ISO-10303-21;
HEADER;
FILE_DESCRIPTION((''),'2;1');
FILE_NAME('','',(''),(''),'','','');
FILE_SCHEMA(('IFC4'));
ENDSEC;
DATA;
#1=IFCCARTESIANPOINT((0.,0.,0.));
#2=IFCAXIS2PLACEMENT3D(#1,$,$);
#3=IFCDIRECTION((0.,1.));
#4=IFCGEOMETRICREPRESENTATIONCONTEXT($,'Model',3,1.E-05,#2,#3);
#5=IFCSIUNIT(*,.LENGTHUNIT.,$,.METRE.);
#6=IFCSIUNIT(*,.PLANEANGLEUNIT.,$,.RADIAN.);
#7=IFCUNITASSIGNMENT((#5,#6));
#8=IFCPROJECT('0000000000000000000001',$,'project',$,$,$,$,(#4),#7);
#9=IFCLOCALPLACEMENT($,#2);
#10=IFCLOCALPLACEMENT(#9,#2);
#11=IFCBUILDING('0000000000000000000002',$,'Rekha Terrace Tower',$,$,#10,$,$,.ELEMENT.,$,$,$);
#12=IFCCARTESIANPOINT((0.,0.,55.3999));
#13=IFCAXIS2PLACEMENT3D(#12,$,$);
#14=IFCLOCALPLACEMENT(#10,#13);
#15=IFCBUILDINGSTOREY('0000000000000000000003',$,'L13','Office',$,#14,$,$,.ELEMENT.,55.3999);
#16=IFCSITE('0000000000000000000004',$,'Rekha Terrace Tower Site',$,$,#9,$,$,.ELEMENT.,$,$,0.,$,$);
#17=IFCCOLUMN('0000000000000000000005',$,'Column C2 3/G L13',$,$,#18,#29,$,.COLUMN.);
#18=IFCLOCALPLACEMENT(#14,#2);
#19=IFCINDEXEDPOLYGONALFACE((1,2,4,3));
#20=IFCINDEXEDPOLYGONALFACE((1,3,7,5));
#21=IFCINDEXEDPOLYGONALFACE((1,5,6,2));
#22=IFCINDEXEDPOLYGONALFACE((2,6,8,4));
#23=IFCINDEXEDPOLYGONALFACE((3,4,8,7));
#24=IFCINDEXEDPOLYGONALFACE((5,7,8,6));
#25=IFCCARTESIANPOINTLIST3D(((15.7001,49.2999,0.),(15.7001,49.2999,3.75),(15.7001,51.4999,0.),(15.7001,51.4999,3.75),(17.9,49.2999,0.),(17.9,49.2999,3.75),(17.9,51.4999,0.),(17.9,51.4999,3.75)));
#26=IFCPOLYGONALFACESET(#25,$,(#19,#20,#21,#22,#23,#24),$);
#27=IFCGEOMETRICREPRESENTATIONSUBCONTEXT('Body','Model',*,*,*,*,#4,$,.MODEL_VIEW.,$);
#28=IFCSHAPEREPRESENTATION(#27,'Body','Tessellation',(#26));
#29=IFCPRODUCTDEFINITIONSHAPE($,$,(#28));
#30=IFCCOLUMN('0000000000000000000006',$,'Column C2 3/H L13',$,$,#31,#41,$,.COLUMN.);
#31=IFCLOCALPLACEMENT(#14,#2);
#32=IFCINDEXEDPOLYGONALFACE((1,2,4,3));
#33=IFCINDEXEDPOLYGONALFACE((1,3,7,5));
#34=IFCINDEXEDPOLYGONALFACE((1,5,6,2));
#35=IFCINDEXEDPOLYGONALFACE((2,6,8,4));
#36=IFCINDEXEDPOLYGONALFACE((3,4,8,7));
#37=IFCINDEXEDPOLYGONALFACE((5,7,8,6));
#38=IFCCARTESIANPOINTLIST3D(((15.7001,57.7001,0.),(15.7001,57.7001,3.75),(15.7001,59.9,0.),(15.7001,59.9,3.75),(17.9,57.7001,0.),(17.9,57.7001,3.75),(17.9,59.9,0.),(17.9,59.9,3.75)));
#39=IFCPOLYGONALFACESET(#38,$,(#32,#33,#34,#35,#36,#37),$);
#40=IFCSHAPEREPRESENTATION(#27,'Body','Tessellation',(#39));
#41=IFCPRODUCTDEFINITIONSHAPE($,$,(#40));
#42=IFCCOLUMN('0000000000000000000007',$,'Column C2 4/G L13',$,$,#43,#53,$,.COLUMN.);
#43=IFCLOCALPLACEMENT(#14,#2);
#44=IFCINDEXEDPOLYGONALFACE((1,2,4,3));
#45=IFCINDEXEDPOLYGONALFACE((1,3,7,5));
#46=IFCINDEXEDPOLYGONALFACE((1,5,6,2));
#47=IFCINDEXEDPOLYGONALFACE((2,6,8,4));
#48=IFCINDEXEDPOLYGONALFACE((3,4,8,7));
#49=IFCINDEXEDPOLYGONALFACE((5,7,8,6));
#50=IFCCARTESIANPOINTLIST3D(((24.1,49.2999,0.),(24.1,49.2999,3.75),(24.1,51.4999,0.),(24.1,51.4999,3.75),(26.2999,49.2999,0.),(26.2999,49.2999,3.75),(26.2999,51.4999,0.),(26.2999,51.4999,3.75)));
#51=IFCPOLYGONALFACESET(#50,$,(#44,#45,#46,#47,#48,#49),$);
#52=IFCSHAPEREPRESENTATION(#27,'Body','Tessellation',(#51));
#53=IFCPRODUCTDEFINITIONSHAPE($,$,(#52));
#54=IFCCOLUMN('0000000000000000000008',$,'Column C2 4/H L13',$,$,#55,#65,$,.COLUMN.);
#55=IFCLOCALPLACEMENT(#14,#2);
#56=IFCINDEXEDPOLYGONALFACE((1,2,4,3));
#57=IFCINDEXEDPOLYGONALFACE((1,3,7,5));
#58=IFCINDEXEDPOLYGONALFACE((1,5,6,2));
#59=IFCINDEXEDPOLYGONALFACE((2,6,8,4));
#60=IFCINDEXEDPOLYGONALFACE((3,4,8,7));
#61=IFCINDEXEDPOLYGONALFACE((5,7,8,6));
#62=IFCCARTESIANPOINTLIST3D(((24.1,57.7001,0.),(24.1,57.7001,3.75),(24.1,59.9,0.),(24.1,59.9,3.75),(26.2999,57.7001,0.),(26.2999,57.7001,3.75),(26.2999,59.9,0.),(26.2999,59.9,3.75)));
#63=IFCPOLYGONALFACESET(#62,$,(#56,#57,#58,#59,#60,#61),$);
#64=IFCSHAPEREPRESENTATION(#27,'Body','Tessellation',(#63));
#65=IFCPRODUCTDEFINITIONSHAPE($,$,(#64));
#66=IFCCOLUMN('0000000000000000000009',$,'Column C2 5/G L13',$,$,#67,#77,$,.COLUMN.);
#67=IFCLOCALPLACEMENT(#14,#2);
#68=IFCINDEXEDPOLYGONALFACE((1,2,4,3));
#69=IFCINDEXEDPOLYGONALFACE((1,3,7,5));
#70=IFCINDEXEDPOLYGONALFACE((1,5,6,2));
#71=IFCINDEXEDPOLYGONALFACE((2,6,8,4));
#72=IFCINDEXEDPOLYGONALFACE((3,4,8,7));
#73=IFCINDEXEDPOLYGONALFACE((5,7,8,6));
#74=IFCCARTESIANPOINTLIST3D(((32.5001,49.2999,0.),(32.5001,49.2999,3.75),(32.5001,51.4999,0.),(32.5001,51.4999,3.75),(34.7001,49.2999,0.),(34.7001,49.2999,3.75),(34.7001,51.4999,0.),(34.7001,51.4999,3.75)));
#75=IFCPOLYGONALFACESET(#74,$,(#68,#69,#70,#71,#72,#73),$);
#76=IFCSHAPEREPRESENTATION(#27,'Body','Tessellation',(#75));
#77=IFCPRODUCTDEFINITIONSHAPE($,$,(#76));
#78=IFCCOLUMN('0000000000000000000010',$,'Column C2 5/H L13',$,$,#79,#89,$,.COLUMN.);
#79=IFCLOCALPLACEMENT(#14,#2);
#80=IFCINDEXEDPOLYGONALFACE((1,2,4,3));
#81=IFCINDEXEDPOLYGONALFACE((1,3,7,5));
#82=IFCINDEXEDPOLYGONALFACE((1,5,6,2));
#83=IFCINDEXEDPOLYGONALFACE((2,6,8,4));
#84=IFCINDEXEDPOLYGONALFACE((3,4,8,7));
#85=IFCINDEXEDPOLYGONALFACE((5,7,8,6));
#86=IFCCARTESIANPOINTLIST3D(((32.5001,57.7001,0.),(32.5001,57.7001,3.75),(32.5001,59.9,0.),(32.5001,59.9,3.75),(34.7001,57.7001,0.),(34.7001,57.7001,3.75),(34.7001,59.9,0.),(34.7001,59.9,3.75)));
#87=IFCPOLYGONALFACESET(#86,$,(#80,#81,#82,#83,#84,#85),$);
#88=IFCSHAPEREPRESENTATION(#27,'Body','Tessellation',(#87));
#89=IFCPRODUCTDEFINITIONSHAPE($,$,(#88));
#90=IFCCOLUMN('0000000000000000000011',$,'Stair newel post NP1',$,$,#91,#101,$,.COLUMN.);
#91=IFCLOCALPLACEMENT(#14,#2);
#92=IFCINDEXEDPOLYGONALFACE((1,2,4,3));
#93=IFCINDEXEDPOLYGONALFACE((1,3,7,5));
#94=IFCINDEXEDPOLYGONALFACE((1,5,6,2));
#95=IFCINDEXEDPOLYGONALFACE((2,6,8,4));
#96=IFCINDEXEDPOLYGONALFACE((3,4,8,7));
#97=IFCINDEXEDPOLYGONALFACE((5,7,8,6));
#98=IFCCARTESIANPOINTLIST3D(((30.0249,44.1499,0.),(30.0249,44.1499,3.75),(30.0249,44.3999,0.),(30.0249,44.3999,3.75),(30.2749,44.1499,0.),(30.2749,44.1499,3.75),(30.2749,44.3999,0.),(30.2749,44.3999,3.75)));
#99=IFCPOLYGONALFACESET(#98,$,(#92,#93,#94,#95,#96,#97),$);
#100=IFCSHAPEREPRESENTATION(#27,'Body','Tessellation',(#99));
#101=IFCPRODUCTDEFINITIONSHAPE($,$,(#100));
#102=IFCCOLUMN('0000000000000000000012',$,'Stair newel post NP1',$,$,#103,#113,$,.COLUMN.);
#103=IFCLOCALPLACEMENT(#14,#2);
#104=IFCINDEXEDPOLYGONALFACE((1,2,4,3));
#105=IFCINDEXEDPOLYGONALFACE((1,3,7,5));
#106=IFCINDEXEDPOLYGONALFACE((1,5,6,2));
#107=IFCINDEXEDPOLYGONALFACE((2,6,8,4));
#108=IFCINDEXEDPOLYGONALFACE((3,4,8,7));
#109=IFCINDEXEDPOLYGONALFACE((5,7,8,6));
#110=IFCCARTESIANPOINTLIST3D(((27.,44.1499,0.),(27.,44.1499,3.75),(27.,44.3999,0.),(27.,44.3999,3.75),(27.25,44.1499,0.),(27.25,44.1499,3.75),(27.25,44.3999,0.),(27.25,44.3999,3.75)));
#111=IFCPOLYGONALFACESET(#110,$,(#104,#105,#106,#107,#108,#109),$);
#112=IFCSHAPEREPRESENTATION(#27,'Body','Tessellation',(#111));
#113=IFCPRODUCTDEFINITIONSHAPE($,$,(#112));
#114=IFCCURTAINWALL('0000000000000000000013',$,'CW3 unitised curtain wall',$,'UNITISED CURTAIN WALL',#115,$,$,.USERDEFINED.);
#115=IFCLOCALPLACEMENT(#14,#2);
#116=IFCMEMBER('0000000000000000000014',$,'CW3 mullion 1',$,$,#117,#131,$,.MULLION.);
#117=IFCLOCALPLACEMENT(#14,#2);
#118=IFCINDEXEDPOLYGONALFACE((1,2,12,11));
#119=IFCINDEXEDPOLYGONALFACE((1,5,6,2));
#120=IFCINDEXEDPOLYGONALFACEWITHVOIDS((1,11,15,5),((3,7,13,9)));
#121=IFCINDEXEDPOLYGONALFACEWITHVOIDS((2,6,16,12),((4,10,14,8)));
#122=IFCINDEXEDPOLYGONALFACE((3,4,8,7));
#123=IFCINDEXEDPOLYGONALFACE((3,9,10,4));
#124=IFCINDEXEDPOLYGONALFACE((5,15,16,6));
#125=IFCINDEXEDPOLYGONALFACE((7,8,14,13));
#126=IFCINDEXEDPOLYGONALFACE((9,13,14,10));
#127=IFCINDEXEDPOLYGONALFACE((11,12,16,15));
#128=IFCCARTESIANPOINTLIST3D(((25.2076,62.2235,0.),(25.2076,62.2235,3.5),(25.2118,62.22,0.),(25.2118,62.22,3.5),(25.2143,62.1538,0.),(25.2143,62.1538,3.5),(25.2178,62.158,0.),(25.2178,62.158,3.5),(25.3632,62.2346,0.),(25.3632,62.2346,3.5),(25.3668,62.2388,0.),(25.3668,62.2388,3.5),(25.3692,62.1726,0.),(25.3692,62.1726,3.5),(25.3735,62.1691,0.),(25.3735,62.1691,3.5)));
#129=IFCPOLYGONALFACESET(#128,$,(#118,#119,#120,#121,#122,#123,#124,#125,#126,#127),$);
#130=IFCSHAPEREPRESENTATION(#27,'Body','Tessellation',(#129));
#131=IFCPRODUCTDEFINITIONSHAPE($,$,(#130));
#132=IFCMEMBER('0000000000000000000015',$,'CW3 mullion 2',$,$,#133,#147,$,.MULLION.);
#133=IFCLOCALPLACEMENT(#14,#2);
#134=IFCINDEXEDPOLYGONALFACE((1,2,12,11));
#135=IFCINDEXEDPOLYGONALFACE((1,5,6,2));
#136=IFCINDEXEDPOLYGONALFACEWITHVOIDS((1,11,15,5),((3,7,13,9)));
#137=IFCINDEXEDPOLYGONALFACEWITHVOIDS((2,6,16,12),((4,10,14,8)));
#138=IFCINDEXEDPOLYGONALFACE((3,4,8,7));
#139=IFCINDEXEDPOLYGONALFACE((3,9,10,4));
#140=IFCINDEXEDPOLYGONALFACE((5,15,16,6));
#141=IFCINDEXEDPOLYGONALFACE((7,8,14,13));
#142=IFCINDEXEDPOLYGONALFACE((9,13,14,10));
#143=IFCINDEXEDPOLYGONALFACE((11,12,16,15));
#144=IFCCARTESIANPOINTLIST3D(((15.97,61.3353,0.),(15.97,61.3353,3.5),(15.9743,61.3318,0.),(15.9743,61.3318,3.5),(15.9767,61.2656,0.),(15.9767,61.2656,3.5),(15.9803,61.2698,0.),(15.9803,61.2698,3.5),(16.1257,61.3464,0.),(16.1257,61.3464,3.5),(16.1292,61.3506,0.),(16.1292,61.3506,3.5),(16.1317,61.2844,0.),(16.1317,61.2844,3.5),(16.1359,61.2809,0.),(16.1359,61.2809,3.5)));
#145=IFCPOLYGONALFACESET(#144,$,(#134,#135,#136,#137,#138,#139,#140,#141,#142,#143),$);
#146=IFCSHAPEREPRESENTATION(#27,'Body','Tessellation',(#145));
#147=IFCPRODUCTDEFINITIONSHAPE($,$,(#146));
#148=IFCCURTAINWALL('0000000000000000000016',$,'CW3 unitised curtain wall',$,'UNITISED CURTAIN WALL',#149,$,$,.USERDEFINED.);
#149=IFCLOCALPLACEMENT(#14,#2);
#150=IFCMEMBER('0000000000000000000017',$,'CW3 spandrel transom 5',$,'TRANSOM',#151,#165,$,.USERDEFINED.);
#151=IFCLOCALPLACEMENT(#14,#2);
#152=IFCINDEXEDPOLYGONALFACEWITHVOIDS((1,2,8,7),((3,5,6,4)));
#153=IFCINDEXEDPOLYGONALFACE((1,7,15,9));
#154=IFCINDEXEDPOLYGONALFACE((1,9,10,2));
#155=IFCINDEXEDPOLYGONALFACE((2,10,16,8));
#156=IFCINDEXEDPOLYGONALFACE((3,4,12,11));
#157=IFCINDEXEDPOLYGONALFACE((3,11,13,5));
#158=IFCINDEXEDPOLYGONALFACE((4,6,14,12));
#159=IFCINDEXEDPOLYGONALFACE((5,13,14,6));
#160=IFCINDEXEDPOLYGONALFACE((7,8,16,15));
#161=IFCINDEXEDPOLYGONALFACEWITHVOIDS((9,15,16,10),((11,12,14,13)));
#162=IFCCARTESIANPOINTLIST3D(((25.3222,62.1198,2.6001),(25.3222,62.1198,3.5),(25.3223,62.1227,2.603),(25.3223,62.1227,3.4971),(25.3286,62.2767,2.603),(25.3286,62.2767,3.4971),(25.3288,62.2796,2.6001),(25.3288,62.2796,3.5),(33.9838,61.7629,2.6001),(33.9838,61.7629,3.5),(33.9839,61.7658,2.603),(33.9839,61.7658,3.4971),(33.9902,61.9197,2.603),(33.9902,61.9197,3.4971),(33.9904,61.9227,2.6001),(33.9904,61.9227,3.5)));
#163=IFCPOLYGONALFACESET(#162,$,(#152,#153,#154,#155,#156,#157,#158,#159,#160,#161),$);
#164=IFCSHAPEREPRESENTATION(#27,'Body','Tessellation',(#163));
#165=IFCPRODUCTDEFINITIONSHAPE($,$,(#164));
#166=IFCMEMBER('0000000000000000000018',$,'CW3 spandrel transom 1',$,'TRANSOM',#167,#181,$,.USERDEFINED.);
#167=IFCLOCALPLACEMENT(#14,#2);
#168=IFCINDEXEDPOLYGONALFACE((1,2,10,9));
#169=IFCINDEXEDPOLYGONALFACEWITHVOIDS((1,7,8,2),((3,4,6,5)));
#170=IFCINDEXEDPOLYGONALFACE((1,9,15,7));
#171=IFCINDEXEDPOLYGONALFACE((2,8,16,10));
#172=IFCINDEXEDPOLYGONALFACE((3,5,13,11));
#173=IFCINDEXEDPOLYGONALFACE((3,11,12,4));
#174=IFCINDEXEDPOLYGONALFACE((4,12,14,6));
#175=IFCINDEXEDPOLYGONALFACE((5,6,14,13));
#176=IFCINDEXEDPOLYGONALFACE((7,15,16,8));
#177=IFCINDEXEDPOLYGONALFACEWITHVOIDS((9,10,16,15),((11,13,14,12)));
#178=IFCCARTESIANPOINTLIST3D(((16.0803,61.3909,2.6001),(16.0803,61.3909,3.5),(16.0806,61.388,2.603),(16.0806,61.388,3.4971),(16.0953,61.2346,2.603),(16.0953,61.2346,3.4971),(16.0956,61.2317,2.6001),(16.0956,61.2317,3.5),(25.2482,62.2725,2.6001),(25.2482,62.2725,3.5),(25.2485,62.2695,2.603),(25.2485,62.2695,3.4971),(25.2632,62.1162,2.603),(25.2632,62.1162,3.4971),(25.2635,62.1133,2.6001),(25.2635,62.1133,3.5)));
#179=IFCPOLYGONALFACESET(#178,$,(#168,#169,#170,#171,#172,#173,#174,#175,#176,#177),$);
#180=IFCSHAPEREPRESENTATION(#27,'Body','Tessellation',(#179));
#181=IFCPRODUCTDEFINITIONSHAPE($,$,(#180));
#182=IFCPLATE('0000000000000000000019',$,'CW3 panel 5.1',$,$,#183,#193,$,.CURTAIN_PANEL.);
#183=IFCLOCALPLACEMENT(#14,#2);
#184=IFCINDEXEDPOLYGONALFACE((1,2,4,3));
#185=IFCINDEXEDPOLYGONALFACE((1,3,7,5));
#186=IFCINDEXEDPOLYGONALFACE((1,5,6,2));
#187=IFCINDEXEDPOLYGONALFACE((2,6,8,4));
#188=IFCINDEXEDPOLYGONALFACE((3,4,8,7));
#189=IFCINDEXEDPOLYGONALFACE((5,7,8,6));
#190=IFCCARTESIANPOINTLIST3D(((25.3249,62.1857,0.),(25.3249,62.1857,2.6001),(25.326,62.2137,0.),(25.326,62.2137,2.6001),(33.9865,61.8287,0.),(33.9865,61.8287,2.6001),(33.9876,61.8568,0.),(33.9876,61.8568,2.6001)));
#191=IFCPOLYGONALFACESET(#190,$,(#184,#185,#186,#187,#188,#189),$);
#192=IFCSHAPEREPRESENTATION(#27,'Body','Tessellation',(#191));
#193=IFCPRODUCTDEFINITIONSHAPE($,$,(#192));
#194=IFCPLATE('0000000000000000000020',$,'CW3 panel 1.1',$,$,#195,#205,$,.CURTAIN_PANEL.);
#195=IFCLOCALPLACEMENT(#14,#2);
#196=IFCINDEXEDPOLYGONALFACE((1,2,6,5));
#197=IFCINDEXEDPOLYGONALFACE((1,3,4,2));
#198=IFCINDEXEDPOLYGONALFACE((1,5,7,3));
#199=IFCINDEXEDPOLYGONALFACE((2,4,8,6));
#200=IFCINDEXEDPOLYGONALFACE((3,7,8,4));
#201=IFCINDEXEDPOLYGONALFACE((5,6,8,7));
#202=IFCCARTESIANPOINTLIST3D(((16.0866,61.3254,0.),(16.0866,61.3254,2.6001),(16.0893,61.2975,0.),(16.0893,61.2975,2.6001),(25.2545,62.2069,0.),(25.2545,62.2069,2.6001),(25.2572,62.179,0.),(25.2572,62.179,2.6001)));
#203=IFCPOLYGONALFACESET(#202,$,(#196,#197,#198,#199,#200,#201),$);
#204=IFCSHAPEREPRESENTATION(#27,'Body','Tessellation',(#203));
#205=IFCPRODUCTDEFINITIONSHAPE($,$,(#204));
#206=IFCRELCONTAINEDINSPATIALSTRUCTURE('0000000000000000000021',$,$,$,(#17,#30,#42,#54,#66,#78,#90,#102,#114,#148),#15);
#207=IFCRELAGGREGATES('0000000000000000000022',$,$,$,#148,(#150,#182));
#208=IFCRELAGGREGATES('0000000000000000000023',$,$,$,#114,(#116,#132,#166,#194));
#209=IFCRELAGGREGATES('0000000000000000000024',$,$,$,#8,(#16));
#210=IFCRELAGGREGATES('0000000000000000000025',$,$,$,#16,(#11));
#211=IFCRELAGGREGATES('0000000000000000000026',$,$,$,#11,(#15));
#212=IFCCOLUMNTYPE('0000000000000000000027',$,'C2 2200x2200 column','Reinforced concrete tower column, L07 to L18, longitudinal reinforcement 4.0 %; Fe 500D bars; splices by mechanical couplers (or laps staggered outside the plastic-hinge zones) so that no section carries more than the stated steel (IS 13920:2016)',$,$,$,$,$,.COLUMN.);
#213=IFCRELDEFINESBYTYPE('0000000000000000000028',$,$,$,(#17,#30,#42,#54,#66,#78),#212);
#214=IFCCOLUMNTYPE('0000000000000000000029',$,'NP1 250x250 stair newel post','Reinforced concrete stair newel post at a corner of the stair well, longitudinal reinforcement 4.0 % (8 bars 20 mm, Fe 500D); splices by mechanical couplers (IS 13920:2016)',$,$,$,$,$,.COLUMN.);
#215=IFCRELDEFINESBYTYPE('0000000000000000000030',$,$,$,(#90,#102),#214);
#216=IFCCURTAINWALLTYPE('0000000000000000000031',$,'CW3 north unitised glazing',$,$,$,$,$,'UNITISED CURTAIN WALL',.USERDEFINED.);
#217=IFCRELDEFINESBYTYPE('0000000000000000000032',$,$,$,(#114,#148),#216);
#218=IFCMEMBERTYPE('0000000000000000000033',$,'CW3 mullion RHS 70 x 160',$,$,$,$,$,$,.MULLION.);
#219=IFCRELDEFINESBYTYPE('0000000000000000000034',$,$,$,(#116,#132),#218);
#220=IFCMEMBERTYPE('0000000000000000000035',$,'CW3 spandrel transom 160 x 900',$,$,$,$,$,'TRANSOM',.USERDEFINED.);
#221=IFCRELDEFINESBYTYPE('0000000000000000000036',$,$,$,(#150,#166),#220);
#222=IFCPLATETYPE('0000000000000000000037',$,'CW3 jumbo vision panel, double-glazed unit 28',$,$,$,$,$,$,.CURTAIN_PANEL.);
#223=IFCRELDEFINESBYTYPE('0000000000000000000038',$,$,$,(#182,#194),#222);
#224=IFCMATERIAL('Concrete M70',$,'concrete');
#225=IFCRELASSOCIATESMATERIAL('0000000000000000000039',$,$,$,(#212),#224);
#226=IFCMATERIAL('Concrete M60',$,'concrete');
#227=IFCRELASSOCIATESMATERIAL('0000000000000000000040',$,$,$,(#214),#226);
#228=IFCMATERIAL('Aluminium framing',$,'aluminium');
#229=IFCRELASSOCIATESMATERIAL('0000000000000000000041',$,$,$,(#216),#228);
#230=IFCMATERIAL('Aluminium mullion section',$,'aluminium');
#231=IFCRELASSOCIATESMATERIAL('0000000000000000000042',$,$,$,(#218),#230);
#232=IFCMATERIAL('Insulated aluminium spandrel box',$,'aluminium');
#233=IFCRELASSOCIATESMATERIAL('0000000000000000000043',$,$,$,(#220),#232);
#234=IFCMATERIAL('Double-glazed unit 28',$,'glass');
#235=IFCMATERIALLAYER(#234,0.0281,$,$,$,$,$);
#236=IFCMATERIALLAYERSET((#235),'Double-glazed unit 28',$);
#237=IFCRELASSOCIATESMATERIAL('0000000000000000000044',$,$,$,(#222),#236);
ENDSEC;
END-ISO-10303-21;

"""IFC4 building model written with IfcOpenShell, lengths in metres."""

from ifc_helpers import new_model, si_unit, direction, frame, origin, origin_2d, place, context, subcontext, project, spatial, rectangle, hollow_rectangle, extrude, material, layer, layer_set, material_profile, profile_set, type_object, element, aggregate, save


model = new_model("IFC4")

# Units and contexts
model_context = context("Model", 3, precision=1e-05, world=origin(), true_north=direction((0.0, 1.0)))
body_context = subcontext(model_context, "Body", "Model", "MODEL_VIEW")
ifc_project = project(units=[si_unit("LENGTHUNIT", "METRE"), si_unit("PLANEANGLEUNIT", "RADIAN")], contexts=[model_context])

# Site, building, storey
site_placement = place(None, origin())
site = spatial("IfcSite", under=ifc_project, at=site_placement, Name="Rekha Terrace Tower Site", CompositionType="ELEMENT", RefElevation=0.0)
building_placement = place(site_placement, origin())
building = spatial("IfcBuilding", under=site, at=building_placement, Name="Rekha Terrace Tower", CompositionType="ELEMENT")
storey_placement = place(building_placement, frame((0.0, 0.0, 55.3999)))
storey = spatial("IfcBuildingStorey", under=building, at=storey_placement, Name="L13", Description="Office", CompositionType="ELEMENT", Elevation=55.3999)

# Columns
ifc_material_1 = material(Name="Concrete M70", Category="concrete")
ifc_material_profile_1 = material_profile(ifc_material_1, rectangle(XDim=2.2, YDim=2.2, at=origin_2d()), Name="RC 2200x2200")
ifc_profile_set_1 = profile_set([ifc_material_profile_1], Name="Concrete M70")
column_type_1 = type_object("IfcColumnType", Name="C2 2200x2200 column", Description="Reinforced concrete tower column, L07 to L18, longitudinal reinforcement 4.0 %; Fe 500D bars; splices by mechanical couplers (or laps staggered outside the plastic-hinge zones) so that no section carries more than the stated steel (IS 13920:2016)", PredefinedType="COLUMN", material=ifc_profile_set_1)
for number, where, z_axis, x_axis, name in (
    (1, (16.8, 50.3999, 0.0), (0.0, 0.0, 1.0), (1.0, 0.0, 0.0), "Column C2 3/G L13"),
    (2, (16.8, 58.8, 0.0), (0.0, 0.0, 1.0), (1.0, 0.0, 0.0), "Column C2 3/H L13"),
    (3, (25.2, 50.3999, 0.0), (0.0, 0.0, 1.0), (1.0, 0.0, 0.0), "Column C2 4/G L13"),
    (4, (25.2, 58.8, 0.0), (0.0, 0.0, 1.0), (1.0, 0.0, 0.0), "Column C2 4/H L13"),
    (5, (33.6001, 50.3999, 0.0), (0.0, 0.0, 1.0), (1.0, 0.0, 0.0), "Column C2 5/G L13"),
    (6, (33.6001, 58.8, 0.0), (0.0, 0.0, 1.0), (1.0, 0.0, 0.0), "Column C2 5/H L13"),
):
    element("IfcColumn", number, at=place(storey_placement, frame(where, z_axis=z_axis, x_axis=x_axis)), inside=storey, type_object=column_type_1, Name=name, PredefinedType="COLUMN", context=body_context, shape_type="SweptSolid", body=[
        extrude(rectangle(XDim=2.2, YDim=2.2, at=origin_2d()), origin(), (0.0, 0.0, 1.0), 3.75),
    ])
ifc_material_2 = material(Name="Concrete M60", Category="concrete")
ifc_material_profile_2 = material_profile(ifc_material_2, rectangle(XDim=0.25, YDim=0.25, at=origin_2d()), Name="RC 250x250")
ifc_profile_set_2 = profile_set([ifc_material_profile_2], Name="Concrete M60")
column_type_2 = type_object("IfcColumnType", Name="NP1 250x250 stair newel post", Description="Reinforced concrete stair newel post at a corner of the stair well, longitudinal reinforcement 4.0 % (8 bars 20 mm, Fe 500D); splices by mechanical couplers (IS 13920:2016)", PredefinedType="COLUMN", material=ifc_profile_set_2)
for number, where, z_axis, x_axis, name in (
    (7, (30.1499, 44.2749, 0.0), (0.0, 0.0, 1.0), (1.0, 0.0, 0.0), "Stair newel post NP1"),
    (8, (27.125, 44.2749, 0.0), (0.0, 0.0, 1.0), (1.0, 0.0, 0.0), "Stair newel post NP1"),
):
    element("IfcColumn", number, at=place(storey_placement, frame(where, z_axis=z_axis, x_axis=x_axis)), inside=storey, type_object=column_type_2, Name=name, PredefinedType="COLUMN", context=body_context, shape_type="SweptSolid", body=[
        extrude(rectangle(XDim=0.25, YDim=0.25, at=origin_2d()), origin(), (0.0, 0.0, 1.0), 3.75),
    ])

# Curtain wall, members
ifc_material_3 = material(Name="Aluminium framing", Category="aluminium")
curtain_wall_type = type_object("IfcCurtainWallType", Name="CW3 north unitised glazing", ElementType="UNITISED CURTAIN WALL", PredefinedType="USERDEFINED", material=ifc_material_3)
curtain_wall_1_placement = place(storey_placement, origin())
curtain_wall_1 = element("IfcCurtainWall", 9, at=curtain_wall_1_placement, inside=storey, type_object=curtain_wall_type, Name="CW3 unitised curtain wall", ObjectType="UNITISED CURTAIN WALL", PredefinedType="USERDEFINED")
ifc_material_4 = material(Name="Aluminium mullion section", Category="aluminium")
ifc_material_profile_3 = material_profile(ifc_material_4, hollow_rectangle(XDim=0.0701, YDim=0.1599, WallThickness=0.0039, at=origin_2d()), Name="AL RHS 70x160")
ifc_profile_set_3 = profile_set([ifc_material_profile_3], Name="Aluminium mullion section")
member_type_1 = type_object("IfcMemberType", Name="CW3 mullion RHS 70 x 160", PredefinedType="MULLION", material=ifc_profile_set_3)
member_1_placement = place(storey_placement, frame((25.2905, 62.1963, 0.0), z_axis=(0.0, 0.0, 1.0), x_axis=(0.095712, -0.995409, 0.0)))
member_1 = element("IfcMember", 10, at=member_1_placement, type_object=member_type_1, Name="CW3 mullion 1", PredefinedType="MULLION", context=body_context, shape_type="SweptSolid", body=[
    extrude(hollow_rectangle(XDim=0.0701, YDim=0.1599, WallThickness=0.0039, at=origin_2d()), origin(), (0.0, 0.0, 1.0), 3.5),
])
member_2_placement = place(storey_placement, frame((16.053, 61.3081, 0.0), z_axis=(0.0, 0.0, 1.0), x_axis=(0.095712, -0.995409, 0.0)))
member_2 = element("IfcMember", 11, at=member_2_placement, type_object=member_type_1, Name="CW3 mullion 2", PredefinedType="MULLION", context=body_context, shape_type="SweptSolid", body=[
    extrude(hollow_rectangle(XDim=0.0701, YDim=0.1599, WallThickness=0.0039, at=origin_2d()), origin(), (0.0, 0.0, 1.0), 3.5),
])

# Curtain wall, member
curtain_wall_2_placement = place(storey_placement, origin())
curtain_wall_2 = element("IfcCurtainWall", 12, at=curtain_wall_2_placement, inside=storey, type_object=curtain_wall_type, Name="CW3 unitised curtain wall", ObjectType="UNITISED CURTAIN WALL", PredefinedType="USERDEFINED")
ifc_material_5 = material(Name="Insulated aluminium spandrel box", Category="aluminium")
ifc_material_profile_4 = material_profile(ifc_material_5, hollow_rectangle(XDim=0.1599, YDim=0.8999, WallThickness=0.0029, at=origin_2d()), Name="AL SPANDREL BOX 160x900")
ifc_profile_set_4 = profile_set([ifc_material_profile_4], Name="Insulated aluminium spandrel box")
member_type_2 = type_object("IfcMemberType", Name="CW3 spandrel transom 160 x 900", ElementType="TRANSOM", PredefinedType="USERDEFINED", material=ifc_profile_set_4)
member_3_placement = place(storey_placement, frame((33.9871, 61.8428, 3.05), z_axis=(-0.999152, 0.041174, 0.0), x_axis=(-0.041174, -0.999152, 0.0)))
member_3 = element("IfcMember", 13, at=member_3_placement, type_object=member_type_2, Name="CW3 spandrel transom 5", ObjectType="TRANSOM", PredefinedType="USERDEFINED", context=body_context, shape_type="SweptSolid", body=[
    extrude(hollow_rectangle(XDim=0.1599, YDim=0.8999, WallThickness=0.0029, at=origin_2d()), origin(), (0.0, 0.0, 1.0), 8.6689),
])

# Member
member_4_placement = place(storey_placement, frame((25.2559, 62.1929, 3.05), z_axis=(-0.995408, -0.095718, 0.0), x_axis=(0.095718, -0.995408, 0.0)))
member_4 = element("IfcMember", 14, at=member_4_placement, type_object=member_type_2, Name="CW3 spandrel transom 1", ObjectType="TRANSOM", PredefinedType="USERDEFINED", context=body_context, shape_type="SweptSolid", body=[
    extrude(hollow_rectangle(XDim=0.1599, YDim=0.8999, WallThickness=0.0029, at=origin_2d()), origin(), (0.0, 0.0, 1.0), 9.2102),
])

# Plates
ifc_material_6 = material(Name="Double-glazed unit 28", Category="glass")
ifc_layer_1 = layer(ifc_material_6, 0.0281)
ifc_layer_set_1 = layer_set([ifc_layer_1], Name="Double-glazed unit 28")
plate_type = type_object("IfcPlateType", Name="CW3 jumbo vision panel, double-glazed unit 28", PredefinedType="CURTAIN_PANEL", material=ifc_layer_set_1)
plate_1_placement = place(storey_placement, frame((29.6562, 62.0212, 0.0), z_axis=(0.0, 0.0, 1.0), x_axis=(-0.999152, 0.041174, 0.0)))
plate_1 = element("IfcPlate", 15, at=plate_1_placement, type_object=plate_type, Name="CW3 panel 5.1", PredefinedType="CURTAIN_PANEL", context=body_context, shape_type="SweptSolid", body=[
    extrude(rectangle(XDim=8.6689, YDim=0.0281, at=origin_2d()), origin(), (0.0, 0.0, 1.0), 2.6001),
])
aggregate(curtain_wall_2, [member_3, plate_1])
plate_2_placement = place(storey_placement, frame((20.6719, 61.7522, 0.0), z_axis=(0.0, 0.0, 1.0), x_axis=(-0.995409, -0.095712, 0.0)))
plate_2 = element("IfcPlate", 16, at=plate_2_placement, type_object=plate_type, Name="CW3 panel 1.1", PredefinedType="CURTAIN_PANEL", context=body_context, shape_type="SweptSolid", body=[
    extrude(rectangle(XDim=9.2102, YDim=0.0281, at=origin_2d()), origin(), (0.0, 0.0, 1.0), 2.6001),
])
aggregate(curtain_wall_1, [member_1, member_2, member_4, plate_2])

save(model, "model.ifc")
